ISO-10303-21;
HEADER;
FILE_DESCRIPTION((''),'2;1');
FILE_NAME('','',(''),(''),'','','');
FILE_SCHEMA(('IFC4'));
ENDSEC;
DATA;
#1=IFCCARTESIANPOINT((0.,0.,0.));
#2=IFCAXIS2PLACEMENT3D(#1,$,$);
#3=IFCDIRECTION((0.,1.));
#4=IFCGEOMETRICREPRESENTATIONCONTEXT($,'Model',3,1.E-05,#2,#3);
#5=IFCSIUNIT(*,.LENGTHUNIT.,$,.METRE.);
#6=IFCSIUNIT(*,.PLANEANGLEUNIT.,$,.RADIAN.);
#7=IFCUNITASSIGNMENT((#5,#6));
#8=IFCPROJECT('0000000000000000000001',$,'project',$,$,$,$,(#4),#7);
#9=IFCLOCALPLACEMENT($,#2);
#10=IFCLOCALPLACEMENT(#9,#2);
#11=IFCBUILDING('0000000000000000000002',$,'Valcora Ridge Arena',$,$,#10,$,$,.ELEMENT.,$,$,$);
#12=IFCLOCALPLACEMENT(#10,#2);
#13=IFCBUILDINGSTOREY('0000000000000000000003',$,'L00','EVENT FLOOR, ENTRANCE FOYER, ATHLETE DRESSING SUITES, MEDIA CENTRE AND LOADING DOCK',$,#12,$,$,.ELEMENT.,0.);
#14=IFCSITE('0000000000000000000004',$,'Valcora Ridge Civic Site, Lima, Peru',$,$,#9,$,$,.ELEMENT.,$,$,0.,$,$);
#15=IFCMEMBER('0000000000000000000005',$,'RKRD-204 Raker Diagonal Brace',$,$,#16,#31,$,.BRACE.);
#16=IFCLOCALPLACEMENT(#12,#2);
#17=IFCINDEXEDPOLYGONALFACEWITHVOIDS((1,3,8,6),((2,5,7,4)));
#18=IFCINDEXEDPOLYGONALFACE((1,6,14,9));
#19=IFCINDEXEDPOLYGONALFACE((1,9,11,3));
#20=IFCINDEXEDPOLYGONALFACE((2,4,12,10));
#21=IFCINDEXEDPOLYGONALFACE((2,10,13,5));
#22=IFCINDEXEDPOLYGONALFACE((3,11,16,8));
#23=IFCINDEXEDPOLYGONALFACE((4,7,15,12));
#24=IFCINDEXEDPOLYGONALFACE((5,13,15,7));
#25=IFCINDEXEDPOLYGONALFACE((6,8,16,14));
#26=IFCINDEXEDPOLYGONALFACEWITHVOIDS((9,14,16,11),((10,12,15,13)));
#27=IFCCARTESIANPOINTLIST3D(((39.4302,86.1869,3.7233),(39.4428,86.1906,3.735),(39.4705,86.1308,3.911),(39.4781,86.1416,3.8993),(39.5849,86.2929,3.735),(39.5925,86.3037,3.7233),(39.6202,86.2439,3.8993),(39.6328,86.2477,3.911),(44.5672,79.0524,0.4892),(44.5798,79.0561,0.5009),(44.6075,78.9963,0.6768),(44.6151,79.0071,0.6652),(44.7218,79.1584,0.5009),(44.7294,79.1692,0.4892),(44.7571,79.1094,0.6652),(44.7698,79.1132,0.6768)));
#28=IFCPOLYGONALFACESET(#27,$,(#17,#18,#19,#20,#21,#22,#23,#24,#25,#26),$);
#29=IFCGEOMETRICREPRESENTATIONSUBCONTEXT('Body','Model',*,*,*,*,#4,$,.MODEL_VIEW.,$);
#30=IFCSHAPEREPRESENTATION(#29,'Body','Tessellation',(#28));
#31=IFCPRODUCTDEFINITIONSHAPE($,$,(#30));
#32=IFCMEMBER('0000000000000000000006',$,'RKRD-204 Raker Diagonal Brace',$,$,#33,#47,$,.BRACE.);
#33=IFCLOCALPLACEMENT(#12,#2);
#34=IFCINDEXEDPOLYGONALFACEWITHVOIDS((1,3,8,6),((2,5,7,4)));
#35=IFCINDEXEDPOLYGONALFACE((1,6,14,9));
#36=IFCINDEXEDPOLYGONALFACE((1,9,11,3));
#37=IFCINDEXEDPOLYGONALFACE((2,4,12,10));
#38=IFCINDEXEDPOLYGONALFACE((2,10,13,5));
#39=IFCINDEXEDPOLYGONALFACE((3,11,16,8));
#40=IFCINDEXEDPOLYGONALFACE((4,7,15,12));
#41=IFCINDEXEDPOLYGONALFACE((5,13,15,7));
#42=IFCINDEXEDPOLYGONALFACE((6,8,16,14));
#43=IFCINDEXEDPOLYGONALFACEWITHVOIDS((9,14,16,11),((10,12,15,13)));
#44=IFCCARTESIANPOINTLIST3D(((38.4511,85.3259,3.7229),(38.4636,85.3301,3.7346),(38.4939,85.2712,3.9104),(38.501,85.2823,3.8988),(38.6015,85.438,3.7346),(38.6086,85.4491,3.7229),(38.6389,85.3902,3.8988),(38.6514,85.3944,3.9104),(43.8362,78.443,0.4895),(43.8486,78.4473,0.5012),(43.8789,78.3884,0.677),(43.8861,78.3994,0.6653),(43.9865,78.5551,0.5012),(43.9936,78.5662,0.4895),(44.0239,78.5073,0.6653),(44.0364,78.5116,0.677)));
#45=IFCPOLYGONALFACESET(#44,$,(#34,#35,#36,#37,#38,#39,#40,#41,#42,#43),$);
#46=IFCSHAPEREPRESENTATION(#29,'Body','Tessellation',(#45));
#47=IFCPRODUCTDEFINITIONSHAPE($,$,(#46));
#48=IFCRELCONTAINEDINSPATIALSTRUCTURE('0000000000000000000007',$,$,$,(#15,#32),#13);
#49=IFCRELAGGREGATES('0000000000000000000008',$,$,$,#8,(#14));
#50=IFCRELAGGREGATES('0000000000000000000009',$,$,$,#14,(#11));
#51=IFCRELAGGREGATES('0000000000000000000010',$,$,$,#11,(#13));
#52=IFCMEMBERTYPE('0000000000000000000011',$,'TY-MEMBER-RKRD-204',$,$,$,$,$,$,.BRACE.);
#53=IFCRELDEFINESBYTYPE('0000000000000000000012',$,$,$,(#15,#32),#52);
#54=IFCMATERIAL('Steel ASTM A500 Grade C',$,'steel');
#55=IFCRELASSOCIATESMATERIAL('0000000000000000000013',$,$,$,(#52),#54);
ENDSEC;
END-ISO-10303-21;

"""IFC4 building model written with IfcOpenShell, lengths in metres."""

from ifc_helpers import new_model, si_unit, direction, frame, origin, origin_2d, place, context, subcontext, project, spatial, hollow_rectangle, extrude, material, material_profile, profile_set, type_object, element, save


model = new_model("IFC4")

# Units and contexts
model_context = context("Model", 3, precision=1e-05, world=origin(), true_north=direction((0.0, 1.0)))
body_context = subcontext(model_context, "Body", "Model", "MODEL_VIEW")
ifc_project = project(units=[si_unit("LENGTHUNIT", "METRE"), si_unit("PLANEANGLEUNIT", "RADIAN")], contexts=[model_context])

# Site, building, storey
site_placement = place(None, origin())
site = spatial("IfcSite", under=ifc_project, at=site_placement, Name="Valcora Ridge Civic Site, Lima, Peru", CompositionType="ELEMENT", RefElevation=0.0)
building_placement = place(site_placement, origin())
building = spatial("IfcBuilding", under=site, at=building_placement, Name="Valcora Ridge Arena", CompositionType="ELEMENT")
storey_placement = place(building_placement, origin())
storey = spatial("IfcBuildingStorey", under=building, at=storey_placement, Name="L00", Description="EVENT FLOOR, ENTRANCE FOYER, ATHLETE DRESSING SUITES, MEDIA CENTRE AND LOADING DOCK", CompositionType="ELEMENT", Elevation=0.0)

# Members
ifc_material_1 = material(Name="Steel ASTM A500 Grade C", Category="steel")
ifc_material_profile_1 = material_profile(ifc_material_1, hollow_rectangle(XDim=0.2, YDim=0.2, WallThickness=0.0125, at=origin_2d()), Name="HSS200X200X12")
ifc_profile_set_1 = profile_set([ifc_material_profile_1], Name="Steel ASTM A500 Grade C")
member_type_1 = type_object("IfcMemberType", Name="TY-MEMBER-RKRD-204", PredefinedType="BRACE", material=ifc_profile_set_1)
member_1_placement = place(storey_placement, frame((44.6685, 79.0828, 0.583), z_axis=(-0.548384, 0.761628, 0.345251), x_axis=(-0.811529, -0.584313, 0.0)))
element("IfcMember", 1, at=member_1_placement, inside=storey, type_object=member_type_1, Name="RKRD-204 Raker Diagonal Brace", PredefinedType="BRACE", context=body_context, shape_type="SweptSolid", body=[
    extrude(hollow_rectangle(XDim=0.2, YDim=0.2, WallThickness=0.0125, at=origin_2d()), origin(), (0.0, 0.0, 1.0), 9.3674),
])
member_2_placement = place(storey_placement, frame((43.9363, 78.4773, 0.5833), z_axis=(-0.577911, 0.738653, 0.347003), x_axis=(-0.78759, -0.616199, 0.0)))
element("IfcMember", 2, at=member_2_placement, inside=storey, type_object=member_type_1, Name="RKRD-204 Raker Diagonal Brace", PredefinedType="BRACE", context=body_context, shape_type="SweptSolid", body=[
    extrude(hollow_rectangle(XDim=0.2, YDim=0.2, WallThickness=0.0125, at=origin_2d()), origin(), (0.0, 0.0, 1.0), 9.3181),
])

save(model, "model.ifc")
